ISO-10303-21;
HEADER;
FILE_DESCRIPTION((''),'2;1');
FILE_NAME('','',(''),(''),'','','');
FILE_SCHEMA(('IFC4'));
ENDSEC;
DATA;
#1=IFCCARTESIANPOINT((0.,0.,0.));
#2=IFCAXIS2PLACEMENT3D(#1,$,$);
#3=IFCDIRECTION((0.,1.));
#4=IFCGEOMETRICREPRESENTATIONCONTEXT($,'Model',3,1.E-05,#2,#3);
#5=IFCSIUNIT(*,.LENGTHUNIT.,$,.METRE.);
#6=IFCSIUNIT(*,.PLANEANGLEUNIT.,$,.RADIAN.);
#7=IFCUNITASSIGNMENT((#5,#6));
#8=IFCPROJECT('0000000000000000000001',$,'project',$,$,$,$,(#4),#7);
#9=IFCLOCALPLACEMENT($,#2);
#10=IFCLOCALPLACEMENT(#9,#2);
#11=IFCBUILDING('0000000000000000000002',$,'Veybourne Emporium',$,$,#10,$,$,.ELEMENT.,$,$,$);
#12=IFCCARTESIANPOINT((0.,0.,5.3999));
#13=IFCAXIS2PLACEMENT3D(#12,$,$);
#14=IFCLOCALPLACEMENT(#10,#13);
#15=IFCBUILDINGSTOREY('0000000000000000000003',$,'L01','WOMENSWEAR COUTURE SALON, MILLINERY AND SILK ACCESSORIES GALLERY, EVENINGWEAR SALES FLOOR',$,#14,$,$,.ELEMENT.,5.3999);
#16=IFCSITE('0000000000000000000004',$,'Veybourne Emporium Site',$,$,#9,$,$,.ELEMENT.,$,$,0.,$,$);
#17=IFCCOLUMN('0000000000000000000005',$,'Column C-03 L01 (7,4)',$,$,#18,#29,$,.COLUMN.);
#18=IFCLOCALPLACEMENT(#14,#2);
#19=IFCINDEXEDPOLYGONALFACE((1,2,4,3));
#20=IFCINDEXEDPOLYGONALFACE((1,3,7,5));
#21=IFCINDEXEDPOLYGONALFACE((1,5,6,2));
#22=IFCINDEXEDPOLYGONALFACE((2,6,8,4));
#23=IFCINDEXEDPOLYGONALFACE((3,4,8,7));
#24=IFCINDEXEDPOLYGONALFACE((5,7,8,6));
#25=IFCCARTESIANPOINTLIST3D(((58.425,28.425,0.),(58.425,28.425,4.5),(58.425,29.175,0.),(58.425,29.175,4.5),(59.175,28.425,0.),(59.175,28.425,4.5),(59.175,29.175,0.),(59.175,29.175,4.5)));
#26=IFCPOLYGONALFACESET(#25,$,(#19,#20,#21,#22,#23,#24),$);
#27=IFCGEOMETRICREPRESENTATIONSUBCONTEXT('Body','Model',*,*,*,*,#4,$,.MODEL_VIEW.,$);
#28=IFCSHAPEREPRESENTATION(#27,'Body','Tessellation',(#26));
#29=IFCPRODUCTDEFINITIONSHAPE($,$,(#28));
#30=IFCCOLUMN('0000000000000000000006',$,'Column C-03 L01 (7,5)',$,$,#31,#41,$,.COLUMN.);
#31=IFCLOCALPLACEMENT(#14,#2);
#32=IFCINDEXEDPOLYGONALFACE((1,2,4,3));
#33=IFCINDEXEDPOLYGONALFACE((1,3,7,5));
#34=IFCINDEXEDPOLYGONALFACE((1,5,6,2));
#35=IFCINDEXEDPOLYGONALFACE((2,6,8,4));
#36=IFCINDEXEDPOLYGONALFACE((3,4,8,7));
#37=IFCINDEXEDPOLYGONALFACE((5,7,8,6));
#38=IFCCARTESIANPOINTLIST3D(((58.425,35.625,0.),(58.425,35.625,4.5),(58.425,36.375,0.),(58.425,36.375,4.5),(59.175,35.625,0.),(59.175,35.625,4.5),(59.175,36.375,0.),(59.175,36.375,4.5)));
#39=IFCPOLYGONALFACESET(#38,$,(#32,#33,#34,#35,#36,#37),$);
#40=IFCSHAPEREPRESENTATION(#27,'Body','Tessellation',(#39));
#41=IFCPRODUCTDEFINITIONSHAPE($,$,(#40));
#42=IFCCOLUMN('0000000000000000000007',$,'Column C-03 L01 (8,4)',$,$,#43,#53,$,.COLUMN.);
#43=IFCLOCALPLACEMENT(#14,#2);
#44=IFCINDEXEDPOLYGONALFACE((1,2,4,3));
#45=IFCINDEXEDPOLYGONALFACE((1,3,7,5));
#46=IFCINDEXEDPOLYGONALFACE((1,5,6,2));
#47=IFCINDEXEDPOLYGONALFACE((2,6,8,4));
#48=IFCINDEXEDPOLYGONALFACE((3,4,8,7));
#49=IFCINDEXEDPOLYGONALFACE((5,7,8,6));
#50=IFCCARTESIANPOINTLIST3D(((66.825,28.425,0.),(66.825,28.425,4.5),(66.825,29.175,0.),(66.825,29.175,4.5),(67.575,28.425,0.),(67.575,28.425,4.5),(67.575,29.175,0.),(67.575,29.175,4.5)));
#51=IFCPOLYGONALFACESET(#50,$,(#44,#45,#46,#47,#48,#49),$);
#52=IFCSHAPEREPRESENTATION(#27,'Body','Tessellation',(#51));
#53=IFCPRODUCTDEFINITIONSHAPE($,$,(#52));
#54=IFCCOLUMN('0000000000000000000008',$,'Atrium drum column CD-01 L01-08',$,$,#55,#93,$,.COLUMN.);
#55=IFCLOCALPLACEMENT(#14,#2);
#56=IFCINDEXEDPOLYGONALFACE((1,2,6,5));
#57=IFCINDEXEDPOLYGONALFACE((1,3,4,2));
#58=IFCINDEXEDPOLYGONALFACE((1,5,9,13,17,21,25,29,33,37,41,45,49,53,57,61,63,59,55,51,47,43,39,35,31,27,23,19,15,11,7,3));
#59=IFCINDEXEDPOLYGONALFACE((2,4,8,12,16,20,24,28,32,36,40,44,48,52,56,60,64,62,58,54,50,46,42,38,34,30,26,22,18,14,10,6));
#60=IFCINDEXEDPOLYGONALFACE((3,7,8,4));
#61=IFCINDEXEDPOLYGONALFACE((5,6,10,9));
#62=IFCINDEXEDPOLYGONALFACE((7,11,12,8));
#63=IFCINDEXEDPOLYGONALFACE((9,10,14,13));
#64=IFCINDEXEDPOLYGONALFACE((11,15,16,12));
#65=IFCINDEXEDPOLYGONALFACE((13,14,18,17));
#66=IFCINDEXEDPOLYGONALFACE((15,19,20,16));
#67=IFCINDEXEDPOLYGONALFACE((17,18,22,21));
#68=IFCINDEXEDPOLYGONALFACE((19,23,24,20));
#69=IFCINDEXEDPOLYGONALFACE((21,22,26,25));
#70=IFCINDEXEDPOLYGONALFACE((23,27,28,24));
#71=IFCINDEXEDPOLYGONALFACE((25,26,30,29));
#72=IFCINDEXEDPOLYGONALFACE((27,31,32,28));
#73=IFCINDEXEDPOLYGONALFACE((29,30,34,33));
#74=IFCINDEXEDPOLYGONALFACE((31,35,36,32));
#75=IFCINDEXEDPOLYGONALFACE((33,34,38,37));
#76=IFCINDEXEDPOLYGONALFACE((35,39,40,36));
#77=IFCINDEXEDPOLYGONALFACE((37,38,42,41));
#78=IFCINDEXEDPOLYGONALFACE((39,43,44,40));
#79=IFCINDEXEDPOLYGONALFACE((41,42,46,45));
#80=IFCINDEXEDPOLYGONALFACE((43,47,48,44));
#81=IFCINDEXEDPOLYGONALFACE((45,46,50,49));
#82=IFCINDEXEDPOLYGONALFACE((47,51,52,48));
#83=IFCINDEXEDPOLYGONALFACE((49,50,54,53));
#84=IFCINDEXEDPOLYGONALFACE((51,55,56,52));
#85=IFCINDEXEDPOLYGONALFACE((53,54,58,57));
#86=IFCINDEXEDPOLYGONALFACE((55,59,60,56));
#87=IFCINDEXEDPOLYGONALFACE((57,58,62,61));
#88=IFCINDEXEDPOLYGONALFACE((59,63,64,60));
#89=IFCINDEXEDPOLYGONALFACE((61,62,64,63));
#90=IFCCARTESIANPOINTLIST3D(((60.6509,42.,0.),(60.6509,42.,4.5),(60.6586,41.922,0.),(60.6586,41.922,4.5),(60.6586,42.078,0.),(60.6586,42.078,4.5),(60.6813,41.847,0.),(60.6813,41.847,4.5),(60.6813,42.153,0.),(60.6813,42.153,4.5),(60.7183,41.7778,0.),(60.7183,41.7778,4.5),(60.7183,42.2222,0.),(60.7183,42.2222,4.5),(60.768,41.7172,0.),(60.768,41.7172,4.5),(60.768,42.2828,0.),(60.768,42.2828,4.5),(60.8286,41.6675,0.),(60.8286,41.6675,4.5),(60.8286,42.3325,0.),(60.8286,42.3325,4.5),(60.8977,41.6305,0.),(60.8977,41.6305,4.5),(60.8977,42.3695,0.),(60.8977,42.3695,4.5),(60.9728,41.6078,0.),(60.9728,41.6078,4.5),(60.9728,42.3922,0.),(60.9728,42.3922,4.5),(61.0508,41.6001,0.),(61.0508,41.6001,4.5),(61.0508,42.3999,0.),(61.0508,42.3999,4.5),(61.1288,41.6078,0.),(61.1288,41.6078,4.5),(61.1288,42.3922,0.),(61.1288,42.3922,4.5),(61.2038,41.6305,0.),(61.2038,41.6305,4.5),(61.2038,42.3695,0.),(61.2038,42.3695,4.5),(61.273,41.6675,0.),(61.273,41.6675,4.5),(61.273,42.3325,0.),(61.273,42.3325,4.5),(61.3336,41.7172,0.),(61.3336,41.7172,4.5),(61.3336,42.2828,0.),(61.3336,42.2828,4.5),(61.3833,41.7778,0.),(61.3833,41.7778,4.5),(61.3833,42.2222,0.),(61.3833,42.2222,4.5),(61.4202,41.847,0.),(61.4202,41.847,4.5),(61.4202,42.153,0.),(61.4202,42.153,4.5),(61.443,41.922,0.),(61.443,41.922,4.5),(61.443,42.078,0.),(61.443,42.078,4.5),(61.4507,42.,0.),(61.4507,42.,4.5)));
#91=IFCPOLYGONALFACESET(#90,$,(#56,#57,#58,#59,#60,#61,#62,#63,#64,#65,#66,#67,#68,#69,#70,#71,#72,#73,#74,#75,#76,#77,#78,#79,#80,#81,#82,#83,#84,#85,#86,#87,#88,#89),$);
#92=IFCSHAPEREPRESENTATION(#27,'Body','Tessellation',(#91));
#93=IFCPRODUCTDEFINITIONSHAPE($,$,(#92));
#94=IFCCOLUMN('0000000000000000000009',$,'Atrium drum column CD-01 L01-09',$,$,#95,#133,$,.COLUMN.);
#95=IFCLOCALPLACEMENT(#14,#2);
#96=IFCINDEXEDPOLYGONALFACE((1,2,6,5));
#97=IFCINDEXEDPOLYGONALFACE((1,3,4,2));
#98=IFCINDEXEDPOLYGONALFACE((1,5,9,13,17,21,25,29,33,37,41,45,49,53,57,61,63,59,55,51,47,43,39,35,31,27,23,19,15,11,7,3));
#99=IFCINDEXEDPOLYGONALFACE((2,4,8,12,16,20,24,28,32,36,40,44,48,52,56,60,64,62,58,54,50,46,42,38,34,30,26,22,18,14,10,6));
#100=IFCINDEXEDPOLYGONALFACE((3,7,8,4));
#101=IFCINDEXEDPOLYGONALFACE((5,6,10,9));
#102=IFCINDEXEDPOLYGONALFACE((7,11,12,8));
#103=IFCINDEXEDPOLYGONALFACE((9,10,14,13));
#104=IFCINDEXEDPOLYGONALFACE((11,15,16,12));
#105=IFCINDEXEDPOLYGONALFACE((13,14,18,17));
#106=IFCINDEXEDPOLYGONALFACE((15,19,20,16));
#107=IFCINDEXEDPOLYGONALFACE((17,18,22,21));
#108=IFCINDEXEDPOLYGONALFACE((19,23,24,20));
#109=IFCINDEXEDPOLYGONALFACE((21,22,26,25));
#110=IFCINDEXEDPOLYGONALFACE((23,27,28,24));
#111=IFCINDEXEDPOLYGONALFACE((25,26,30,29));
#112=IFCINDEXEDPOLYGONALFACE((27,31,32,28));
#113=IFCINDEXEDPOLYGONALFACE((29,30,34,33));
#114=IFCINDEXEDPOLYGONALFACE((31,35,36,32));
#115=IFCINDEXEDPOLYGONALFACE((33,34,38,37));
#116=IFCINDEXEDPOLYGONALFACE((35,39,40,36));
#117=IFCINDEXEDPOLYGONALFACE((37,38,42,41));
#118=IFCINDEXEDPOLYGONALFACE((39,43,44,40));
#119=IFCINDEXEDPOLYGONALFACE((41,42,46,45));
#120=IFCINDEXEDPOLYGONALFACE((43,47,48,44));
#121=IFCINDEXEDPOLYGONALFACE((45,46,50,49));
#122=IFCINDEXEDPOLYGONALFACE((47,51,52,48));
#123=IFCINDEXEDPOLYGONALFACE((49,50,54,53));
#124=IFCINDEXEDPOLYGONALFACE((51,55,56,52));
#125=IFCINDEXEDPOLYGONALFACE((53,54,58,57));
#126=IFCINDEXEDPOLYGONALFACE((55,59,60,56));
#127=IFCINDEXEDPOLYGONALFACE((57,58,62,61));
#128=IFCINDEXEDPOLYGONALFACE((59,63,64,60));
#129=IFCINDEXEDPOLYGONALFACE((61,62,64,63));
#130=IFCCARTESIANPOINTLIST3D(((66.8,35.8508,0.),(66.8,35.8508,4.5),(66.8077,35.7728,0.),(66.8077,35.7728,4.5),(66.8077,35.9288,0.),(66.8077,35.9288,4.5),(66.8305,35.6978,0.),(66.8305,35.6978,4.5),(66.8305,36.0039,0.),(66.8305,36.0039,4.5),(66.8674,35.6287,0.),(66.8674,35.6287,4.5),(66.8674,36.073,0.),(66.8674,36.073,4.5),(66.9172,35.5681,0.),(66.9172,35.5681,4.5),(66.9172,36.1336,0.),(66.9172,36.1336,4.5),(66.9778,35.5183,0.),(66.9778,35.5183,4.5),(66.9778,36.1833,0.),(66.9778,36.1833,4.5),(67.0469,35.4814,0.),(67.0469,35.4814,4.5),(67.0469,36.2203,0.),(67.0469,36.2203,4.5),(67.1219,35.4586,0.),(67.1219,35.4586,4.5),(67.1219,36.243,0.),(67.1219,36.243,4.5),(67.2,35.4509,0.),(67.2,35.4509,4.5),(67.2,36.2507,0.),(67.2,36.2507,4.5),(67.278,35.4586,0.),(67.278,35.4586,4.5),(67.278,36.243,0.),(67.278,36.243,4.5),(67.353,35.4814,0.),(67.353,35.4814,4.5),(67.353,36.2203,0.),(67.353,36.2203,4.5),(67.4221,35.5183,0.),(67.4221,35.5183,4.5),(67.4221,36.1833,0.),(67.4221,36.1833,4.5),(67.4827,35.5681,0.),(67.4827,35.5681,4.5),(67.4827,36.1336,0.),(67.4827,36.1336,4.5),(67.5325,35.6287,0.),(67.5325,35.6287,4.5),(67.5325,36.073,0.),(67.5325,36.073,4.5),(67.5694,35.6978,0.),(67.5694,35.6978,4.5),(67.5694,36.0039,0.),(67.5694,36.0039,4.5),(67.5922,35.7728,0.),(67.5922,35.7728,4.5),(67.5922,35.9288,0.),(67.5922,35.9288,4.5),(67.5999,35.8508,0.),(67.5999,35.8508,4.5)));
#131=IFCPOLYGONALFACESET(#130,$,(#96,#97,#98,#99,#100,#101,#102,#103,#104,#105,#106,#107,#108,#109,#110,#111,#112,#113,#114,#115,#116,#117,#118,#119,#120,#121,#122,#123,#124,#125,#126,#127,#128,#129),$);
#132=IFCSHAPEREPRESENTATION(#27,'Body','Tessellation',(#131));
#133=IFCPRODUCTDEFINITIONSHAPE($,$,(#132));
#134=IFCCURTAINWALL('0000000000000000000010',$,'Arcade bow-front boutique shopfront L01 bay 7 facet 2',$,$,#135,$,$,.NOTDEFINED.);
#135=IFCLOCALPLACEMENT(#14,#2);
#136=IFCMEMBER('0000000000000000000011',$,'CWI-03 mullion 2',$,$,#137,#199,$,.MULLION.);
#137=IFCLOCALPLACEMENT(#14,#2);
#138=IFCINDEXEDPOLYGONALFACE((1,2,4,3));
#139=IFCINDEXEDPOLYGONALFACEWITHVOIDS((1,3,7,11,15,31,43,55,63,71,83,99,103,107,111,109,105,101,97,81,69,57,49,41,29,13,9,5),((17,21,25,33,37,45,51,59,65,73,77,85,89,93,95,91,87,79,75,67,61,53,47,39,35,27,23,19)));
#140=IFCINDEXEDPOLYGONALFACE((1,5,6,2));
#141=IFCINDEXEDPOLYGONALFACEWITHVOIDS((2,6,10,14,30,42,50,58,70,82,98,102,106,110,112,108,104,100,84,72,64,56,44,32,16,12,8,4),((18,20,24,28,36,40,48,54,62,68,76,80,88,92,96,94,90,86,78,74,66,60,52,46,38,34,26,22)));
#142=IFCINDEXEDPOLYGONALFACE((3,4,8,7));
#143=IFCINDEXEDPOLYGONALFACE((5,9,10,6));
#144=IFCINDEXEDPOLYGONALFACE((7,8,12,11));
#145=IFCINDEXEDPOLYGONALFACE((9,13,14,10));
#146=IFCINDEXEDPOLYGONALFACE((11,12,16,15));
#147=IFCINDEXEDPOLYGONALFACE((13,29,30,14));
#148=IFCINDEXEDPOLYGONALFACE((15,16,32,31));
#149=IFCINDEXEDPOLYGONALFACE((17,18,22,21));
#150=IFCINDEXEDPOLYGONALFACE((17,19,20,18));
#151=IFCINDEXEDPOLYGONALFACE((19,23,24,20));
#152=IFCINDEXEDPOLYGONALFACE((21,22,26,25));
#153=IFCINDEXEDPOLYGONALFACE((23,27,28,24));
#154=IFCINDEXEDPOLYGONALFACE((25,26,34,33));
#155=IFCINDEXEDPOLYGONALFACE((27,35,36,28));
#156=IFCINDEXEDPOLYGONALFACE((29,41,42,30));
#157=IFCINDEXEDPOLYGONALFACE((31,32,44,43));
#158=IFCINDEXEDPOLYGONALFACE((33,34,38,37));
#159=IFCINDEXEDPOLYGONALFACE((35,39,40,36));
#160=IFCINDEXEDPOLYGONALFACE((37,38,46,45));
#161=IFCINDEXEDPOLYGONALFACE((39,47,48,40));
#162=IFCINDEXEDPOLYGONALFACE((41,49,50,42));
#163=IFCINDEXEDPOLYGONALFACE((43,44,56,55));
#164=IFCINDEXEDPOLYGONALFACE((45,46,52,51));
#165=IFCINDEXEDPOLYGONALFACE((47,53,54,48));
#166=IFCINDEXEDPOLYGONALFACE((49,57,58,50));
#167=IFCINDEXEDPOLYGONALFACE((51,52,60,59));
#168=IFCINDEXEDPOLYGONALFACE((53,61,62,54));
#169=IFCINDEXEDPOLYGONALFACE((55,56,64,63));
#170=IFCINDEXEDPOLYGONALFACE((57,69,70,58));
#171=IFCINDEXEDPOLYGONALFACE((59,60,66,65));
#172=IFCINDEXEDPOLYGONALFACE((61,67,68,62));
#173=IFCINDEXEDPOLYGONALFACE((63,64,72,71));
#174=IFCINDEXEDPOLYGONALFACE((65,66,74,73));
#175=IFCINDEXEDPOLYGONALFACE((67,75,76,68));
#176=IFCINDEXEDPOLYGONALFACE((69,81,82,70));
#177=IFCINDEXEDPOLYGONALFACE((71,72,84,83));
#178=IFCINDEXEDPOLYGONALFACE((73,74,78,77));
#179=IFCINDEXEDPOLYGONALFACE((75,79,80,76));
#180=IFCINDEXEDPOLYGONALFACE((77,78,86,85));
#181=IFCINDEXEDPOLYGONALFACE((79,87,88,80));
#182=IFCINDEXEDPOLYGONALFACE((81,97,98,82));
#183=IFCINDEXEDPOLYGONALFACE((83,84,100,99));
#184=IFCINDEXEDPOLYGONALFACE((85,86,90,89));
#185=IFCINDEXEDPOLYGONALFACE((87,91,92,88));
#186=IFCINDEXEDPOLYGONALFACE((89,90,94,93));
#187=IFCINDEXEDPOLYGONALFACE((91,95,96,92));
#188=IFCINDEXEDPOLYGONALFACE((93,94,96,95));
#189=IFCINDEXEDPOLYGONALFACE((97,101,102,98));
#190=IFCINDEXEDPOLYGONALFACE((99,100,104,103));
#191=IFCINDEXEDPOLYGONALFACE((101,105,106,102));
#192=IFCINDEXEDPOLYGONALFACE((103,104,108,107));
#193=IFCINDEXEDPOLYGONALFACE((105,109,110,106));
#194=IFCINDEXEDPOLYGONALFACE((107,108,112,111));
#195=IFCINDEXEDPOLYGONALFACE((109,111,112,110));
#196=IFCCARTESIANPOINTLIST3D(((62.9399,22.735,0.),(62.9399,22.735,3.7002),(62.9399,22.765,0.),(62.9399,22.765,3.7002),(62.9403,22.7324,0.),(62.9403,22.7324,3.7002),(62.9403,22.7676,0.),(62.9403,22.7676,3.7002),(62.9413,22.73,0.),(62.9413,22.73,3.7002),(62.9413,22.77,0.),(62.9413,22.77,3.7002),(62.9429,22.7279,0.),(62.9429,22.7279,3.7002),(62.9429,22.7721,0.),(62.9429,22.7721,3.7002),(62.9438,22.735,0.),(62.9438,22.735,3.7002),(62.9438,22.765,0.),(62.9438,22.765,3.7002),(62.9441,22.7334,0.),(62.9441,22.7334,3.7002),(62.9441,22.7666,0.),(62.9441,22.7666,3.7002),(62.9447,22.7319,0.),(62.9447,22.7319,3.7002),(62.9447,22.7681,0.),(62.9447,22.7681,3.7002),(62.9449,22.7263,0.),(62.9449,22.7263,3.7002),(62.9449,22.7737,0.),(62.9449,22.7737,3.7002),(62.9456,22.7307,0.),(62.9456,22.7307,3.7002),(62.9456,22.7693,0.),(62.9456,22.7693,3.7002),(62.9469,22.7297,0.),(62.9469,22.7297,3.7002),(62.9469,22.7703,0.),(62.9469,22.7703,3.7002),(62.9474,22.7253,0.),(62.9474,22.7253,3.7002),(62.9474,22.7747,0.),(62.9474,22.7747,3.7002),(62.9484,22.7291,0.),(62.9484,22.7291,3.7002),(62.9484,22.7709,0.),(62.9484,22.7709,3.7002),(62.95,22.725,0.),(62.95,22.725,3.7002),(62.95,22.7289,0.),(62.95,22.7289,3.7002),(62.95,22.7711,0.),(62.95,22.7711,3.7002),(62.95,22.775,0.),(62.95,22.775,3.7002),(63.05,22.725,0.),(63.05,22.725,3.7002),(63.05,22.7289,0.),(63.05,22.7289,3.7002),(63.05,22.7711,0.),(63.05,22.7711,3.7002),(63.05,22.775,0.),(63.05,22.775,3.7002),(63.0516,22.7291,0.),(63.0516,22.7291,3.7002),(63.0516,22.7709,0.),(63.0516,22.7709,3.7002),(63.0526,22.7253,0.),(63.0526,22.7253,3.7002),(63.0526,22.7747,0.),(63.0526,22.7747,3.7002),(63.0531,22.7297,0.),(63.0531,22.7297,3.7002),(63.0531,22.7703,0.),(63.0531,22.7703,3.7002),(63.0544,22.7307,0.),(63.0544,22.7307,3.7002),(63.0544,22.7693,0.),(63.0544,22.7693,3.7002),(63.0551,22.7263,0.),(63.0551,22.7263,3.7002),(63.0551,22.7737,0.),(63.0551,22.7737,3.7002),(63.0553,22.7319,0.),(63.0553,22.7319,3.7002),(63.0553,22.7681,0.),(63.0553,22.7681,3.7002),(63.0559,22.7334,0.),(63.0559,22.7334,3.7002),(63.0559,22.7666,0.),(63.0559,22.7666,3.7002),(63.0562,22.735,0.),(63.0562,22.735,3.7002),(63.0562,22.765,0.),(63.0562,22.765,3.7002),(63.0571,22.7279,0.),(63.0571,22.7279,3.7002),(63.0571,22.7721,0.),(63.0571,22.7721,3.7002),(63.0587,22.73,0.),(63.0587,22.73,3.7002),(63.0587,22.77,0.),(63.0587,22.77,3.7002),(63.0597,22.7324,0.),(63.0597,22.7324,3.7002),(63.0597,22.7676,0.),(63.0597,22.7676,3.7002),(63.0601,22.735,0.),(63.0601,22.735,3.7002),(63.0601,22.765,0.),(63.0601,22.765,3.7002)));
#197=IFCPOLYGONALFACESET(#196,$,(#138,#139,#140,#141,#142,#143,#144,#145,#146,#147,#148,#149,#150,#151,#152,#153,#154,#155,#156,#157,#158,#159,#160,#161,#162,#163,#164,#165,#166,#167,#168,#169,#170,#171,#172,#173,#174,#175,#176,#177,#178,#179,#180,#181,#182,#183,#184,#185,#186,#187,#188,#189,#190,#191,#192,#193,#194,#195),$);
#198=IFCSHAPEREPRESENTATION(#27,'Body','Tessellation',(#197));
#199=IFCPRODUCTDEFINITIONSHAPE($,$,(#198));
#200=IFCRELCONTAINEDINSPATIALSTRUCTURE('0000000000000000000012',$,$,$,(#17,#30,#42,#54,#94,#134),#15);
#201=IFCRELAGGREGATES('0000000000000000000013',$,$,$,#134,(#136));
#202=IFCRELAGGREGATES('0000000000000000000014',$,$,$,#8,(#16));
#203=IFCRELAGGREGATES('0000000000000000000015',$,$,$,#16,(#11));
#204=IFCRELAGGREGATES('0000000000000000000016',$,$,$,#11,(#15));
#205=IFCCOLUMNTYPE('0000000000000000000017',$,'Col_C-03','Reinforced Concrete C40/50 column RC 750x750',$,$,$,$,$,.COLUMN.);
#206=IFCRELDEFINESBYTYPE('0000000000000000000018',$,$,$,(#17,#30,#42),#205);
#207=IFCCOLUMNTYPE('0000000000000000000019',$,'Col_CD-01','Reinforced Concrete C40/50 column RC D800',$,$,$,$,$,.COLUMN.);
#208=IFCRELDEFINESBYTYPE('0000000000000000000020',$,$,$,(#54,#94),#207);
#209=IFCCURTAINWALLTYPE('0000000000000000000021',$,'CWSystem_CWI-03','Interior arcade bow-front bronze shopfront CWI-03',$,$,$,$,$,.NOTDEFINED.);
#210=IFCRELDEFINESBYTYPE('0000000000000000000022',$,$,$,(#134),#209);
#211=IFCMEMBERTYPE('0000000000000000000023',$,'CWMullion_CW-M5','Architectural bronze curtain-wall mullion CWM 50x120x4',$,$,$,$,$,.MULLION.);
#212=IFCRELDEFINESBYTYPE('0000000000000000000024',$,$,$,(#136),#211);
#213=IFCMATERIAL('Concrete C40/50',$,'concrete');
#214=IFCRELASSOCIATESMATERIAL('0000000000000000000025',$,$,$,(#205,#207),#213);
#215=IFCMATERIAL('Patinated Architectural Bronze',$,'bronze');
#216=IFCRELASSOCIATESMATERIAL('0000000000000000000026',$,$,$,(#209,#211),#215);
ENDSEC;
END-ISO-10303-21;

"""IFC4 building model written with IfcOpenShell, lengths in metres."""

from ifc_helpers import new_model, si_unit, direction, frame, origin, origin_2d, place, context, subcontext, project, spatial, rectangle, hollow_rectangle, circle, extrude, material, material_profile, profile_set, type_object, element, aggregate, save


model = new_model("IFC4")

# Units and contexts
model_context = context("Model", 3, precision=1e-05, world=origin(), true_north=direction((0.0, 1.0)))
body_context = subcontext(model_context, "Body", "Model", "MODEL_VIEW")
ifc_project = project(units=[si_unit("LENGTHUNIT", "METRE"), si_unit("PLANEANGLEUNIT", "RADIAN")], contexts=[model_context])

# Site, building, storey
site_placement = place(None, origin())
site = spatial("IfcSite", under=ifc_project, at=site_placement, Name="Veybourne Emporium Site", CompositionType="ELEMENT", RefElevation=0.0)
building_placement = place(site_placement, origin())
building = spatial("IfcBuilding", under=site, at=building_placement, Name="Veybourne Emporium", CompositionType="ELEMENT")
storey_placement = place(building_placement, frame((0.0, 0.0, 5.3999)))
storey = spatial("IfcBuildingStorey", under=building, at=storey_placement, Name="L01", Description="WOMENSWEAR COUTURE SALON, MILLINERY AND SILK ACCESSORIES GALLERY, EVENINGWEAR SALES FLOOR", CompositionType="ELEMENT", Elevation=5.3999)

# Columns
ifc_material_1 = material(Name="Concrete C40/50", Category="concrete")
ifc_material_profile_1 = material_profile(ifc_material_1, rectangle(XDim=0.75, YDim=0.75, at=origin_2d()), Name="RC 750x750")
ifc_profile_set_1 = profile_set([ifc_material_profile_1], Name="Concrete C40/50")
column_type_1 = type_object("IfcColumnType", Name="Col_C-03", Description="Reinforced Concrete C40/50 column RC 750x750", PredefinedType="COLUMN", material=ifc_profile_set_1)
for number, where, z_axis, x_axis, name in (
    (1, (58.8, 28.8, 0.0), (0.0, 0.0, 1.0), (1.0, 0.0, 0.0), "Column C-03 L01 (7,4)"),
    (2, (58.8, 36.0, 0.0), (0.0, 0.0, 1.0), (1.0, 0.0, 0.0), "Column C-03 L01 (7,5)"),
    (3, (67.2, 28.8, 0.0), (0.0, 0.0, 1.0), (1.0, 0.0, 0.0), "Column C-03 L01 (8,4)"),
):
    element("IfcColumn", number, at=place(storey_placement, frame(where, z_axis=z_axis, x_axis=x_axis)), inside=storey, type_object=column_type_1, Name=name, PredefinedType="COLUMN", context=body_context, shape_type="SweptSolid", body=[
        extrude(rectangle(XDim=0.75, YDim=0.75, at=origin_2d()), origin(), (0.0, 0.0, 1.0), 4.5),
    ])
ifc_material_profile_2 = material_profile(ifc_material_1, circle(Radius=0.3999, at=origin_2d()), Name="RC D800")
ifc_profile_set_2 = profile_set([ifc_material_profile_2], Name="Concrete C40/50")
column_type_2 = type_object("IfcColumnType", Name="Col_CD-01", Description="Reinforced Concrete C40/50 column RC D800", PredefinedType="COLUMN", material=ifc_profile_set_2)
for number, where, z_axis, x_axis, name in (
    (4, (61.0508, 42.0, 0.0), (0.0, 0.0, 1.0), (1.0, 0.0, 0.0), "Atrium drum column CD-01 L01-08"),
    (5, (67.2, 35.8508, 0.0), (0.0, 0.0, 1.0), (1.0, 0.0, 0.0), "Atrium drum column CD-01 L01-09"),
):
    element("IfcColumn", number, at=place(storey_placement, frame(where, z_axis=z_axis, x_axis=x_axis)), inside=storey, type_object=column_type_2, Name=name, PredefinedType="COLUMN", context=body_context, shape_type="SweptSolid", body=[
        extrude(circle(Radius=0.3999, at=origin_2d()), origin(), (0.0, 0.0, 1.0), 4.5),
    ])

# Curtain wall, member
ifc_material_2 = material(Name="Patinated Architectural Bronze", Category="bronze")
curtain_wall_type = type_object("IfcCurtainWallType", Name="CWSystem_CWI-03", Description="Interior arcade bow-front bronze shopfront CWI-03", PredefinedType="NOTDEFINED", material=ifc_material_2)
curtain_wall_placement = place(storey_placement, origin())
curtain_wall = element("IfcCurtainWall", 6, at=curtain_wall_placement, inside=storey, type_object=curtain_wall_type, Name="Arcade bow-front boutique shopfront L01 bay 7 facet 2", PredefinedType="NOTDEFINED")
ifc_material_profile_3 = material_profile(ifc_material_2, hollow_rectangle(XDim=0.05, YDim=0.1201, WallThickness=0.0039, InnerFilletRadius=0.0061, OuterFilletRadius=0.01, at=origin_2d()), Name="CWM 50x120x4")
ifc_profile_set_3 = profile_set([ifc_material_profile_3], Name="Patinated Architectural Bronze")
member_type_1 = type_object("IfcMemberType", Name="CWMullion_CW-M5", Description="Architectural bronze curtain-wall mullion CWM 50x120x4", PredefinedType="MULLION", material=ifc_profile_set_3)
member_1_placement = place(storey_placement, frame((63.0, 22.75, 0.0), z_axis=(0.0, 0.0, 1.0), x_axis=(0.0, 1.0, 0.0)))
member_1 = element("IfcMember", 7, at=member_1_placement, type_object=member_type_1, Name="CWI-03 mullion 2", PredefinedType="MULLION", context=body_context, shape_type="SweptSolid", body=[
    extrude(hollow_rectangle(XDim=0.05, YDim=0.1201, WallThickness=0.0039, InnerFilletRadius=0.0061, OuterFilletRadius=0.01, at=origin_2d()), origin(), (0.0, 0.0, 1.0), 3.7002),
])

aggregate(curtain_wall, [member_1])

save(model, "model.ifc")
